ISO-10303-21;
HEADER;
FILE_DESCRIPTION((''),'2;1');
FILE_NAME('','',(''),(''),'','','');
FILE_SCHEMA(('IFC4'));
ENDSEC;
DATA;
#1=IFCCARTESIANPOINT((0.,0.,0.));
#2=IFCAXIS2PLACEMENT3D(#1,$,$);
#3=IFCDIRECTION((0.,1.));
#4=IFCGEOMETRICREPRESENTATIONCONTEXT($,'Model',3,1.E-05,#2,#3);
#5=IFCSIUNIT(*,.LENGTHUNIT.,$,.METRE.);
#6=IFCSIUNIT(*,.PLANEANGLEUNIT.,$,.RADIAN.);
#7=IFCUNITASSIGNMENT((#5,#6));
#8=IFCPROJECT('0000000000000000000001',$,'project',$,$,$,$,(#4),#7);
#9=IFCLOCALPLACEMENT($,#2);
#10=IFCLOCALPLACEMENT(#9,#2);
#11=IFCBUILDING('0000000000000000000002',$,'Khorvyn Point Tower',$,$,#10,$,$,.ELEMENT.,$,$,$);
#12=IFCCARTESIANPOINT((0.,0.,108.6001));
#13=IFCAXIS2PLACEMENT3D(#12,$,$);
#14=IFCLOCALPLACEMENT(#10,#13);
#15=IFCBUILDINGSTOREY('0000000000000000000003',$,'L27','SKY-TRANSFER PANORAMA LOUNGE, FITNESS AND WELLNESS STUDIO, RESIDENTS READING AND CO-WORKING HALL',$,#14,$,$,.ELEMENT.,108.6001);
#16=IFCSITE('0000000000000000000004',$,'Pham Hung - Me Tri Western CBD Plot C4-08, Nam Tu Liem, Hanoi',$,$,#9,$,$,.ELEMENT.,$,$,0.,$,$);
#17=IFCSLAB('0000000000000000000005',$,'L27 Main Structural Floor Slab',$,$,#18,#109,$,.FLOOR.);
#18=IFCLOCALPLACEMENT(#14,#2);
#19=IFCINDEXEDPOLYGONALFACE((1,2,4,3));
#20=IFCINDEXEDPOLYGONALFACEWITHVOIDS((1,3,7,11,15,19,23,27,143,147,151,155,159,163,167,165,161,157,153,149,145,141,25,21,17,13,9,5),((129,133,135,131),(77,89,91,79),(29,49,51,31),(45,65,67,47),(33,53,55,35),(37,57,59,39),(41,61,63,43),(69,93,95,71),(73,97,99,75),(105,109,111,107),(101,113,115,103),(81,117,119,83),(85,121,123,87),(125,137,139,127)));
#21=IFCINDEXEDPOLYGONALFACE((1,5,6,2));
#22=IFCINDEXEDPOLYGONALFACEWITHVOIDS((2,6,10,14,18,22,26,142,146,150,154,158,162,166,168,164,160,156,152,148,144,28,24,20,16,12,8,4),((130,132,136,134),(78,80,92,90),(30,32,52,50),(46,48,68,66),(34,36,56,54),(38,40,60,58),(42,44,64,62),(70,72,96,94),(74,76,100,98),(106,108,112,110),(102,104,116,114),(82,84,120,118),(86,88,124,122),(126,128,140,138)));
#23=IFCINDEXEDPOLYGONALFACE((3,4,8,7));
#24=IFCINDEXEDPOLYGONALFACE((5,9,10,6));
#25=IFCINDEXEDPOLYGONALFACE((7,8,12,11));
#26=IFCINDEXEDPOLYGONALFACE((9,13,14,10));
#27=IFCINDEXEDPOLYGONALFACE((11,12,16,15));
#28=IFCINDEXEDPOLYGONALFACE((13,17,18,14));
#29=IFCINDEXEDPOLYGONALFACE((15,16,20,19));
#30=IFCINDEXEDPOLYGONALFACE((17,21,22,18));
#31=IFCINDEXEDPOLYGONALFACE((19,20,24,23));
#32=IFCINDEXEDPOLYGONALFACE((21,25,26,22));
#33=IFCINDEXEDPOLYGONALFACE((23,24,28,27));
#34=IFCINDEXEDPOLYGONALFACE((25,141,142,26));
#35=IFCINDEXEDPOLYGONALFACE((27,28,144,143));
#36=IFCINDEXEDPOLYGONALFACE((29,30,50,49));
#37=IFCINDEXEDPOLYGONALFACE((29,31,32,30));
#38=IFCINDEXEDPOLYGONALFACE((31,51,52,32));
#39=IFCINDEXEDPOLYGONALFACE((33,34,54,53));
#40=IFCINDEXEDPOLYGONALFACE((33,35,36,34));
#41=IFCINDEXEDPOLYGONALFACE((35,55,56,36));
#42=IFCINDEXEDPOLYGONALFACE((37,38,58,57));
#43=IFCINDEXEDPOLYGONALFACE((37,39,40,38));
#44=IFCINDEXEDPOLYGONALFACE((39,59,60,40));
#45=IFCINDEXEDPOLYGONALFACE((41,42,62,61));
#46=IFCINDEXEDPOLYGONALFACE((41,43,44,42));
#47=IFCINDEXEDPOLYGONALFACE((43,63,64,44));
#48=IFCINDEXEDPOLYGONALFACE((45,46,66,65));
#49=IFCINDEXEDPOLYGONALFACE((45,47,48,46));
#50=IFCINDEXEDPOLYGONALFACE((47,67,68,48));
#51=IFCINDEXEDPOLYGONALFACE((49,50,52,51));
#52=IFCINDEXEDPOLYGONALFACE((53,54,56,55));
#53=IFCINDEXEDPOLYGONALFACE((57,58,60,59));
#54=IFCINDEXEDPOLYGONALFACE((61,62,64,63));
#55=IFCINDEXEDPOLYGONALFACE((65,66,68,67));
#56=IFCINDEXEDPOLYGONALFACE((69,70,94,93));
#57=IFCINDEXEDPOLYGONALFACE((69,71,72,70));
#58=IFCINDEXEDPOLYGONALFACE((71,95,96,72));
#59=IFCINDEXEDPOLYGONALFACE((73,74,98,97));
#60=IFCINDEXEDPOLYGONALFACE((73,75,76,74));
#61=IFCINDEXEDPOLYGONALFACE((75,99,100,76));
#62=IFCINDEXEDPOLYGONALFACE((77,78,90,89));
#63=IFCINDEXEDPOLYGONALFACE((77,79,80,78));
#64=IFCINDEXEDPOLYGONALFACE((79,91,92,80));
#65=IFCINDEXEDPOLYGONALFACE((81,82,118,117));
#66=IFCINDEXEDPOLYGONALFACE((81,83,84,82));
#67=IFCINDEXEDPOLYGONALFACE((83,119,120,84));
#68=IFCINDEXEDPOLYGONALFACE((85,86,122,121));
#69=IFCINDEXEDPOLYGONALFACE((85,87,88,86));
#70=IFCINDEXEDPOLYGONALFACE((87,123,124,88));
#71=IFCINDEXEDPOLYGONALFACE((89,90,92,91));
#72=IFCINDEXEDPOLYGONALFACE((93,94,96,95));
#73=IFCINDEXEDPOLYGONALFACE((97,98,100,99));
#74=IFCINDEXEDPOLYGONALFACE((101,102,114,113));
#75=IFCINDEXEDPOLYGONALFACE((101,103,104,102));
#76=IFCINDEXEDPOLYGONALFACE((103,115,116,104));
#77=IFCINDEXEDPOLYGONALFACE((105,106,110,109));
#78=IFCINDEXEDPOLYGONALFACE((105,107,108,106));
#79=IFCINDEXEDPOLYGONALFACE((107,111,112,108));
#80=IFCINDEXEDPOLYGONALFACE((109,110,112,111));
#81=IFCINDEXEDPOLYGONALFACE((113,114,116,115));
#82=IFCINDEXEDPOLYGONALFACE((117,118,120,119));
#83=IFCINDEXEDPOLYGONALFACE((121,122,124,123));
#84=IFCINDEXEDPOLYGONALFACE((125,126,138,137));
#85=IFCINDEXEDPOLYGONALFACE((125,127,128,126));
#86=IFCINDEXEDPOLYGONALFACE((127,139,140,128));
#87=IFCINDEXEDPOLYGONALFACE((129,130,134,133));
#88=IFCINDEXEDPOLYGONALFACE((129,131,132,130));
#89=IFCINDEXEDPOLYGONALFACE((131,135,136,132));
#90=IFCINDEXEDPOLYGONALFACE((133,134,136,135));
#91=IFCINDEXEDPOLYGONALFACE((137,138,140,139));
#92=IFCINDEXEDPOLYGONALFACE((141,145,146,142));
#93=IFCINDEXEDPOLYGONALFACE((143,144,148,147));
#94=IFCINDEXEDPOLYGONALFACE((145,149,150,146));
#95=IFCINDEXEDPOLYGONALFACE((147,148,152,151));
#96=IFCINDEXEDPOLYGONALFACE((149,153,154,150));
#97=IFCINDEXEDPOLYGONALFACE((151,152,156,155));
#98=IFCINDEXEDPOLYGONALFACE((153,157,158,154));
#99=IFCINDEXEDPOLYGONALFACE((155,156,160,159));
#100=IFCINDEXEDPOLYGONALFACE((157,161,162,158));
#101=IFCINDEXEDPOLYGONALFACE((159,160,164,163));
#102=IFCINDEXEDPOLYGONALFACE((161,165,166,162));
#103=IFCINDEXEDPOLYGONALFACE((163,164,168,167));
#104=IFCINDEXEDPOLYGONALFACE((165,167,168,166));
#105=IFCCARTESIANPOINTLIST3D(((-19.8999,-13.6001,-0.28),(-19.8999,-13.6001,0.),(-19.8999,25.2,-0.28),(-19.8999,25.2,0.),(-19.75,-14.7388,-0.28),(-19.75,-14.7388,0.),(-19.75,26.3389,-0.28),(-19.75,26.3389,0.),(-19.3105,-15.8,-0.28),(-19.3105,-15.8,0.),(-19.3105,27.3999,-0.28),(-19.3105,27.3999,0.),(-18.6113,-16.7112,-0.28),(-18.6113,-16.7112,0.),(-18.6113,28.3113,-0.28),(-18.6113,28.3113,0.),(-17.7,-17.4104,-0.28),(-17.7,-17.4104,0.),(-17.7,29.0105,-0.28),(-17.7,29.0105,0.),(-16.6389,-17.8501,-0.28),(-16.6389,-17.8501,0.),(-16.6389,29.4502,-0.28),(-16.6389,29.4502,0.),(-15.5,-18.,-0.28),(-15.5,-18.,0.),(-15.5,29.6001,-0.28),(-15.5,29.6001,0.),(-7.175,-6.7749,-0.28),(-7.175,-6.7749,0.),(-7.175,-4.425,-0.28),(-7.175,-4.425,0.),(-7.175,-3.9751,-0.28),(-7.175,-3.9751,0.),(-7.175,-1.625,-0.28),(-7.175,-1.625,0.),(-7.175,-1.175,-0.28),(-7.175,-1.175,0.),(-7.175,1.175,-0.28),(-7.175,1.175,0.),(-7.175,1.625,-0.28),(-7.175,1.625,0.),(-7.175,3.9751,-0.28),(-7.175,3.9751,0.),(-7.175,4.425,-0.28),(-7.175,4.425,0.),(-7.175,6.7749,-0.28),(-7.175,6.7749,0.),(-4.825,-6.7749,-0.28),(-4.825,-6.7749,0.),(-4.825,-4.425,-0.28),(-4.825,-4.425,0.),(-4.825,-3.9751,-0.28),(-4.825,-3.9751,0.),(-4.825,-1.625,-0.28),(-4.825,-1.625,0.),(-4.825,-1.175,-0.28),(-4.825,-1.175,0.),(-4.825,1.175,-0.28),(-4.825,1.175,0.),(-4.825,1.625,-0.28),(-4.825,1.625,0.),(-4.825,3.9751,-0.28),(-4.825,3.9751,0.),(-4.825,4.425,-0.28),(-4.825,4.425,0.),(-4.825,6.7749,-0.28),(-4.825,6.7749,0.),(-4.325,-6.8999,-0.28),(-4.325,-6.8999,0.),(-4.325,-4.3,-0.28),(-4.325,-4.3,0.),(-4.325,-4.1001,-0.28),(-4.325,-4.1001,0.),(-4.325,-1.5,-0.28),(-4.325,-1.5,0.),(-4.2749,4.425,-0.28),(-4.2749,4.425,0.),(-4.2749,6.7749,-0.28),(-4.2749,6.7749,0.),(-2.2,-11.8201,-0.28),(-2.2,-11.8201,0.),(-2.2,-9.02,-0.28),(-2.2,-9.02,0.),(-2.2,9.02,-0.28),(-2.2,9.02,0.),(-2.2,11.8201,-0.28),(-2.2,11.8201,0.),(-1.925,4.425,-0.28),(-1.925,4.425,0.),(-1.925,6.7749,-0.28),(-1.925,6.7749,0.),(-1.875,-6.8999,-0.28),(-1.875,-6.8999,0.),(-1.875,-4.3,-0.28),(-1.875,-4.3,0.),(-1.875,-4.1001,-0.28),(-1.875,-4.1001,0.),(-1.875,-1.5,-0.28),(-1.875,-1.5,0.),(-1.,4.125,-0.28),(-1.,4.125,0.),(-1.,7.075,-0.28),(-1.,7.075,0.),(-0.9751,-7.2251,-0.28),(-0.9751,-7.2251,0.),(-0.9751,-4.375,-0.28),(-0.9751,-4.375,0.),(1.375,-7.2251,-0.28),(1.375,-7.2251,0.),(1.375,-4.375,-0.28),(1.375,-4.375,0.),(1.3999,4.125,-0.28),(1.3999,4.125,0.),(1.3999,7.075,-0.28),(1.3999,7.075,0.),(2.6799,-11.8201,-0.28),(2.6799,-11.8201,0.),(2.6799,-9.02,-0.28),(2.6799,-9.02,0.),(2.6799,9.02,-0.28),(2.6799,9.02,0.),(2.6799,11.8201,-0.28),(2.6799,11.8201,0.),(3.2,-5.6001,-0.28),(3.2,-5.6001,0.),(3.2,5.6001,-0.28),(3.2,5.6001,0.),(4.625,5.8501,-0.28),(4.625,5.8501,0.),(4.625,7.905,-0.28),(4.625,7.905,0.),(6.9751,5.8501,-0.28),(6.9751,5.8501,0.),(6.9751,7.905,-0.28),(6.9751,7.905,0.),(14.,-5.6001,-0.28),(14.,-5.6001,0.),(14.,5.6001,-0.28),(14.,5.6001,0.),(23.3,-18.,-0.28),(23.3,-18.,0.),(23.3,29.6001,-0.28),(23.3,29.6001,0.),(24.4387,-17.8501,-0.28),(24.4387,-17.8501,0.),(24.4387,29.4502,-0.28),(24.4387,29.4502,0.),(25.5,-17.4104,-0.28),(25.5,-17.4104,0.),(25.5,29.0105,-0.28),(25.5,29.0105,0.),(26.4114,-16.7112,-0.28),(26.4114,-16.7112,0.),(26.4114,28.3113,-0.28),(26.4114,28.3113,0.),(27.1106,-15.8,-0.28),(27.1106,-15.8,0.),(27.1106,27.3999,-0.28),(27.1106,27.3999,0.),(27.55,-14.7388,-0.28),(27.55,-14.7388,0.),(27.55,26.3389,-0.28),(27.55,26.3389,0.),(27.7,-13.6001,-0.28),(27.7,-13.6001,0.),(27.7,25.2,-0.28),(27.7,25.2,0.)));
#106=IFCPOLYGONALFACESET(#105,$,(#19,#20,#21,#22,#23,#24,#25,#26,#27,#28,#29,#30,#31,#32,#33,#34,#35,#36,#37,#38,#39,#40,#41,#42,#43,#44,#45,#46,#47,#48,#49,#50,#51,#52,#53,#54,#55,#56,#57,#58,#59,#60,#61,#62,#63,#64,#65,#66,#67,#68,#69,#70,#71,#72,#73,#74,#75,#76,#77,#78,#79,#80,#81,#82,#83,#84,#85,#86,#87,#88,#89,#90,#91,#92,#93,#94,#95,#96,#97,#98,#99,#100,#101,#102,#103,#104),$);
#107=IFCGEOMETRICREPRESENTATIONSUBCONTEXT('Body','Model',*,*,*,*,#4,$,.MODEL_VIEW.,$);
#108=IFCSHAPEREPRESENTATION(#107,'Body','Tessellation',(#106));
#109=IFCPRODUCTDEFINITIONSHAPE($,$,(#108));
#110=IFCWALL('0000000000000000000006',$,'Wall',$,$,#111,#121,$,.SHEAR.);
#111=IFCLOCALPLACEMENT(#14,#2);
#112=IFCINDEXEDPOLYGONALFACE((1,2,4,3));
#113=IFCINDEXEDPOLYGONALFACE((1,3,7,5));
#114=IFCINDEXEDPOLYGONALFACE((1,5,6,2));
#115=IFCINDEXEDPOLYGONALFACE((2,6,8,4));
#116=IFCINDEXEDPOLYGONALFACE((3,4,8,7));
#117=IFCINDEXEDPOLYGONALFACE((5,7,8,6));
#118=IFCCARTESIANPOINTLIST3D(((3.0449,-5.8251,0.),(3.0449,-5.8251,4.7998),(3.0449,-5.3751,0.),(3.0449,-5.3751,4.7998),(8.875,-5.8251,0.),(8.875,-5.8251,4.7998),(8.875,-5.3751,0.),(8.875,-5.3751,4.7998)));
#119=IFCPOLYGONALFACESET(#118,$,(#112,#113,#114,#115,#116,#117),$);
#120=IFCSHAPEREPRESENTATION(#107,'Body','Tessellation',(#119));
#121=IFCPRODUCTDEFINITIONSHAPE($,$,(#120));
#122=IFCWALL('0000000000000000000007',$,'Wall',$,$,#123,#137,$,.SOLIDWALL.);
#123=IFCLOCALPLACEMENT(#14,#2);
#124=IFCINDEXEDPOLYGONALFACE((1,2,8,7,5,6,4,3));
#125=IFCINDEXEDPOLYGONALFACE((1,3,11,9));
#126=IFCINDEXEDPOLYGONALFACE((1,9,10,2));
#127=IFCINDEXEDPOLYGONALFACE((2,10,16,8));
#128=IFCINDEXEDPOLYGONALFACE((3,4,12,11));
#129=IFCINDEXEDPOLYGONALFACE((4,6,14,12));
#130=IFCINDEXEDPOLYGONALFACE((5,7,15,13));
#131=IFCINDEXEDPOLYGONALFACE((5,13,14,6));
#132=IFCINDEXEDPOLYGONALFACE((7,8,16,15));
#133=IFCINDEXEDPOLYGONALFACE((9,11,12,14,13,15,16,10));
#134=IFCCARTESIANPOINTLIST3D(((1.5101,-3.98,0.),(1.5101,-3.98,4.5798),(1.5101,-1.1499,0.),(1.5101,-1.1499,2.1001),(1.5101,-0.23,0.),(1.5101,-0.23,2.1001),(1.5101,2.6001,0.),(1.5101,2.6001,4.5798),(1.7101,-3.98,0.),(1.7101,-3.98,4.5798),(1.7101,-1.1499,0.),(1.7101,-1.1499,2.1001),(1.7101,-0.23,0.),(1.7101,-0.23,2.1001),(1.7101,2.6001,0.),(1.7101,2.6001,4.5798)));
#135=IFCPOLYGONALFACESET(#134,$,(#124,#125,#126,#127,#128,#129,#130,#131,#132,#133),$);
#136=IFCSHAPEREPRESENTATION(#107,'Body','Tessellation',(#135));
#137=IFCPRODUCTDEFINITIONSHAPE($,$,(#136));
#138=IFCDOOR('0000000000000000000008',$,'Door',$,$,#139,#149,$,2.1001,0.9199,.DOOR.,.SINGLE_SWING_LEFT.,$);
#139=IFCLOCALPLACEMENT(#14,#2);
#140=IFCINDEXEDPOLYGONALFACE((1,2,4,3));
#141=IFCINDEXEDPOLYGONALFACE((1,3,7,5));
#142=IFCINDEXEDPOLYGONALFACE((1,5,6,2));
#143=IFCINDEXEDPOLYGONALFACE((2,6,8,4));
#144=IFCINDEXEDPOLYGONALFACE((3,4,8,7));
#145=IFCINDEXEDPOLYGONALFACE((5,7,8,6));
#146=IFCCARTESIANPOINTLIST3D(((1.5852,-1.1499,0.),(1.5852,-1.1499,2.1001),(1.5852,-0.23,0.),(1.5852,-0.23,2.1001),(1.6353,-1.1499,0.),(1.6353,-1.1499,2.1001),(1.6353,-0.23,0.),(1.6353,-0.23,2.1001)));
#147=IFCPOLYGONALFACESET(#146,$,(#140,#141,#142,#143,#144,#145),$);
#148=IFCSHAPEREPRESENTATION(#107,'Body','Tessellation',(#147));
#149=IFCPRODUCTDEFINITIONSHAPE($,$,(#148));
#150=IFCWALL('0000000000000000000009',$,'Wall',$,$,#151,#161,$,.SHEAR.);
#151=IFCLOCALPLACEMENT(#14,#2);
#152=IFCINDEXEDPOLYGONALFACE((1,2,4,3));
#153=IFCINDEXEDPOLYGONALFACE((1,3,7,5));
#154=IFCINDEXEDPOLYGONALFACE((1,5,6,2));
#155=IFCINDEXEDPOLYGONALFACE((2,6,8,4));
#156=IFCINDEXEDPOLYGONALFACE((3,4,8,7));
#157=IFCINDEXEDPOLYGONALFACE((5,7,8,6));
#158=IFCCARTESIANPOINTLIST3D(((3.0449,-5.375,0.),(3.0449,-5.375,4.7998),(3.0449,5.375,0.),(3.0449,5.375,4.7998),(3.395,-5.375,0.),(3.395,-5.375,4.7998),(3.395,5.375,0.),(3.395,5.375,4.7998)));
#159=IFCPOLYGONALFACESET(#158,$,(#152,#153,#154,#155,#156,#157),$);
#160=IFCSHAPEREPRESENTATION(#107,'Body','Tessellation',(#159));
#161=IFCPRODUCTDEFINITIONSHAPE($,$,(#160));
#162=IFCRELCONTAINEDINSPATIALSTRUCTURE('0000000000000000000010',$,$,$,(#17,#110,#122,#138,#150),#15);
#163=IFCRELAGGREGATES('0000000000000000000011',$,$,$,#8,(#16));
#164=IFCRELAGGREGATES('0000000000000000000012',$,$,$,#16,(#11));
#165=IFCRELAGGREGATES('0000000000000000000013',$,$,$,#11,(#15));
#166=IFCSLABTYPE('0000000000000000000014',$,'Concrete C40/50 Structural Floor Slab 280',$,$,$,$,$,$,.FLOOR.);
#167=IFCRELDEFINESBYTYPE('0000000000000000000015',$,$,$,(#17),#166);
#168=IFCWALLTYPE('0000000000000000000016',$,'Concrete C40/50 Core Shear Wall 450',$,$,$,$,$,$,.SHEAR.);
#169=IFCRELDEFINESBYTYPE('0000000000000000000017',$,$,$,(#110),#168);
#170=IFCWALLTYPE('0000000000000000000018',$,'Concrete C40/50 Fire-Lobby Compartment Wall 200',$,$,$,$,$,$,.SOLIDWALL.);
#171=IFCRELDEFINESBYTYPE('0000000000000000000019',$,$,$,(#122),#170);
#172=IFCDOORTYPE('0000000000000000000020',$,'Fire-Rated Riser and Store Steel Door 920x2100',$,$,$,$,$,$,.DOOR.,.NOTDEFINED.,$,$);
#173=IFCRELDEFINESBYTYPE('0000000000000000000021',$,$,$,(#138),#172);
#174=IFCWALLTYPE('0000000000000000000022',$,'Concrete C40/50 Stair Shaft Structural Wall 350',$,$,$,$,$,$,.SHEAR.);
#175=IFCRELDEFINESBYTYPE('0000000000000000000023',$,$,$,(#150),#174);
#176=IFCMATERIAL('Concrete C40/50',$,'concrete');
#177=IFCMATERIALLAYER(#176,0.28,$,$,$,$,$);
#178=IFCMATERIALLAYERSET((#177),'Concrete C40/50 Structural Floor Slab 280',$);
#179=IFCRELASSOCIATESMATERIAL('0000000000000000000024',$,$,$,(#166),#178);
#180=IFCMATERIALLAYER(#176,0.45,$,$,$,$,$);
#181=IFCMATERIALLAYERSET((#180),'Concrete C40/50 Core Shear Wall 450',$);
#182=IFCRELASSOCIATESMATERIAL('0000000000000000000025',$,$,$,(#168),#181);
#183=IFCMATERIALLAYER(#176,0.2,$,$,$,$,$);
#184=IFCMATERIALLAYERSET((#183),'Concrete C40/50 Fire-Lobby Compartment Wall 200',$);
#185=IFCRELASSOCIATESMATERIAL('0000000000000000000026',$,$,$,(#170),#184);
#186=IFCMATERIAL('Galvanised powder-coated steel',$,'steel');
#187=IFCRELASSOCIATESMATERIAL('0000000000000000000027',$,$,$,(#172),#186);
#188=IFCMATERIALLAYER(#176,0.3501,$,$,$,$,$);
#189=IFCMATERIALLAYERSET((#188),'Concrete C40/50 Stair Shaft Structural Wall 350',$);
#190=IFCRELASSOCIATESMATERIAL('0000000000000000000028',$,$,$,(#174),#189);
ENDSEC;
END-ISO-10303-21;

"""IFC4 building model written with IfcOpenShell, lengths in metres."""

from ifc_helpers import new_model, si_unit, direction, frame, frame_2d, origin, place, context, subcontext, project, spatial, polyline, rectangle, outline, extrude, material, layer, layer_set, type_object, element, fill, save


model = new_model("IFC4")

# Units and contexts
model_context = context("Model", 3, precision=1e-05, world=origin(), true_north=direction((0.0, 1.0)))
body_context = subcontext(model_context, "Body", "Model", "MODEL_VIEW")
ifc_project = project(units=[si_unit("LENGTHUNIT", "METRE"), si_unit("PLANEANGLEUNIT", "RADIAN")], contexts=[model_context])

# Site, building, storey
site_placement = place(None, origin())
site = spatial("IfcSite", under=ifc_project, at=site_placement, Name="Pham Hung - Me Tri Western CBD Plot C4-08, Nam Tu Liem, Hanoi", CompositionType="ELEMENT", RefElevation=0.0)
building_placement = place(site_placement, origin())
building = spatial("IfcBuilding", under=site, at=building_placement, Name="Khorvyn Point Tower", CompositionType="ELEMENT")
storey_placement = place(building_placement, frame((0.0, 0.0, 108.6001)))
storey = spatial("IfcBuildingStorey", under=building, at=storey_placement, Name="L27", Description="SKY-TRANSFER PANORAMA LOUNGE, FITNESS AND WELLNESS STUDIO, RESIDENTS READING AND CO-WORKING HALL", CompositionType="ELEMENT", Elevation=108.6001)

# Shared definitions
ifc_material_1 = material(Name="Concrete C40/50", Category="concrete")

# Slab
ifc_layer_1 = layer(ifc_material_1, 0.28)
ifc_layer_set_1 = layer_set([ifc_layer_1], Name="Concrete C40/50 Structural Floor Slab 280")
slab_type_1 = type_object("IfcSlabType", Name="Concrete C40/50 Structural Floor Slab 280", PredefinedType="FLOOR", material=ifc_layer_set_1)
slab_1_placement = place(storey_placement, frame((0.0, 0.0, -0.28)))
element("IfcSlab", 1, at=slab_1_placement, inside=storey, type_object=slab_type_1, Name="L27 Main Structural Floor Slab", PredefinedType="FLOOR", context=body_context, shape_type="SweptSolid", body=[
    extrude(outline(polyline([(-15.5, -18.0), (-16.6389, -17.8501), (-17.7, -17.4104), (-18.6113, -16.7112), (-19.3105, -15.8), (-19.75, -14.7388), (-19.8999, -13.6001), (-19.8999, 25.2), (-19.75, 26.3389), (-19.3105, 27.3999), (-18.6113, 28.3113), (-17.7, 29.0105), (-16.6389, 29.4502), (-15.5, 29.6001), (23.3, 29.6001), (24.4387, 29.4502), (25.5, 29.0105), (26.4114, 28.3113), (27.1106, 27.3999), (27.55, 26.3389), (27.7, 25.2), (27.7, -13.6001), (27.55, -14.7388), (27.1106, -15.8), (26.4114, -16.7112), (25.5, -17.4104), (24.4387, -17.8501), (23.3, -18.0), (-15.5, -18.0)]), holes=[polyline([(-4.825, -6.7749), (-4.825, -4.425), (-7.175, -4.425), (-7.175, -6.7749), (-4.825, -6.7749)]), polyline([(-4.325, -6.8999), (-1.875, -6.8999), (-1.875, -4.3), (-4.325, -4.3), (-4.325, -6.8999)]), polyline([(-7.175, -3.9751), (-4.825, -3.9751), (-4.825, -1.625), (-7.175, -1.625), (-7.175, -3.9751)]), polyline([(-7.175, -1.175), (-4.825, -1.175), (-4.825, 1.175), (-7.175, 1.175), (-7.175, -1.175)]), polyline([(-7.175, 1.625), (-4.825, 1.625), (-4.825, 3.9751), (-7.175, 3.9751), (-7.175, 1.625)]), polyline([(-7.175, 4.425), (-4.825, 4.425), (-4.825, 6.7749), (-7.175, 6.7749), (-7.175, 4.425)]), polyline([(-4.2749, 4.425), (-1.925, 4.425), (-1.925, 6.7749), (-4.2749, 6.7749), (-4.2749, 4.425)]), polyline([(2.6799, -11.8201), (2.6799, -9.02), (-2.2, -9.02), (-2.2, -11.8201), (2.6799, -11.8201)]), polyline([(-0.9751, -7.2251), (1.375, -7.2251), (1.375, -4.375), (-0.9751, -4.375), (-0.9751, -7.2251)]), polyline([(-4.325, -4.1001), (-1.875, -4.1001), (-1.875, -1.5), (-4.325, -1.5), (-4.325, -4.1001)]), polyline([(3.2, -5.6001), (14.0, -5.6001), (14.0, 5.6001), (3.2, 5.6001), (3.2, -5.6001)]), polyline([(-1.0, 4.125), (1.3999, 4.125), (1.3999, 7.075), (-1.0, 7.075), (-1.0, 4.125)]), polyline([(4.625, 5.8501), (6.9751, 5.8501), (6.9751, 7.905), (4.625, 7.905), (4.625, 5.8501)]), polyline([(-2.2, 9.02), (2.6799, 9.02), (2.6799, 11.8201), (-2.2, 11.8201), (-2.2, 9.02)])]), origin(), (0.0, 0.0, 1.0), 0.28),
])

# Wall
ifc_layer_2 = layer(ifc_material_1, 0.45)
ifc_layer_set_2 = layer_set([ifc_layer_2], Name="Concrete C40/50 Core Shear Wall 450")
wall_type_1 = type_object("IfcWallType", Name="Concrete C40/50 Core Shear Wall 450", PredefinedType="SHEAR", material=ifc_layer_set_2)
wall_1_placement = place(storey_placement, frame((3.0449, -5.6001, 0.0), z_axis=(0.0, 0.0, 1.0), x_axis=(1.0, 0.0, 0.0)))
element("IfcWall", 2, at=wall_1_placement, inside=storey, type_object=wall_type_1, Name="Wall", PredefinedType="SHEAR", context=body_context, shape_type="SweptSolid", body=[
    extrude(rectangle(XDim=5.8301, YDim=0.45, at=frame_2d((2.915, 0.0))), origin(), (0.0, 0.0, 1.0), 4.7998),
])

# Wall, opening, door
ifc_layer_3 = layer(ifc_material_1, 0.2)
ifc_layer_set_3 = layer_set([ifc_layer_3], Name="Concrete C40/50 Fire-Lobby Compartment Wall 200")
wall_type_2 = type_object("IfcWallType", Name="Concrete C40/50 Fire-Lobby Compartment Wall 200", PredefinedType="SOLIDWALL", material=ifc_layer_set_3)
ifc_material_2 = material(Name="Galvanised powder-coated steel", Category="steel")
wall_2_placement = place(storey_placement, frame((1.6101, -3.98, 0.0), z_axis=(0.0, 0.0, 1.0), x_axis=(0.0, 1.0, 0.0)))
wall_2 = element("IfcWall", 3, at=wall_2_placement, inside=storey, type_object=wall_type_2, Name="Wall", PredefinedType="SOLIDWALL", context=body_context, shape_type="SweptSolid", body=[
    extrude(rectangle(XDim=6.5801, YDim=0.2, at=frame_2d((3.29, 0.0))), origin(), (0.0, 0.0, 1.0), 4.5798),
])
opening_1_placement = place(wall_2_placement, frame((2.8301, 0.0, 0.0)))
opening_1 = element("IfcOpeningElement", 4, at=opening_1_placement, cuts=wall_2, PredefinedType="OPENING", context=body_context, shape_type="SweptSolid", body=[
    extrude(rectangle(XDim=0.9199, YDim=2.1001, at=frame_2d((0.46, 1.05))), frame((0.0, 0.1099, 0.0), z_axis=(0.0, -1.0, 0.0), x_axis=(1.0, 0.0, 0.0)), (0.0, 0.0, 1.0), 0.22),
])
door_type_1 = type_object("IfcDoorType", Name="Fire-Rated Riser and Store Steel Door 920x2100", OperationType="NOTDEFINED", PredefinedType="DOOR", material=ifc_material_2)
door_1_placement = place(opening_1_placement, origin())
door_1 = element("IfcDoor", 5, at=door_1_placement, inside=storey, type_object=door_type_1, Name="Door", OperationType="SINGLE_SWING_LEFT", OverallHeight=2.1001, OverallWidth=0.9199, PredefinedType="DOOR", context=body_context, shape_type="SweptSolid", body=[
    extrude(rectangle(XDim=0.9199, YDim=2.1001, at=frame_2d((0.46, 1.05))), frame((0.0, 0.0249, 0.0), z_axis=(0.0, -1.0, 0.0), x_axis=(1.0, 0.0, 0.0)), (0.0, 0.0, 1.0), 0.05),
])
fill(opening_1, door_1)

# Wall
ifc_layer_4 = layer(ifc_material_1, 0.3501)
ifc_layer_set_4 = layer_set([ifc_layer_4], Name="Concrete C40/50 Stair Shaft Structural Wall 350")
wall_type_3 = type_object("IfcWallType", Name="Concrete C40/50 Stair Shaft Structural Wall 350", PredefinedType="SHEAR", material=ifc_layer_set_4)
wall_3_placement = place(storey_placement, frame((3.22, -5.375, 0.0), z_axis=(0.0, 0.0, 1.0), x_axis=(0.0, 1.0, 0.0)))
element("IfcWall", 6, at=wall_3_placement, inside=storey, type_object=wall_type_3, Name="Wall", PredefinedType="SHEAR", context=body_context, shape_type="SweptSolid", body=[
    extrude(rectangle(XDim=10.75, YDim=0.3501, at=frame_2d((5.375, 0.0))), origin(), (0.0, 0.0, 1.0), 4.7998),
])

save(model, "model.ifc")
